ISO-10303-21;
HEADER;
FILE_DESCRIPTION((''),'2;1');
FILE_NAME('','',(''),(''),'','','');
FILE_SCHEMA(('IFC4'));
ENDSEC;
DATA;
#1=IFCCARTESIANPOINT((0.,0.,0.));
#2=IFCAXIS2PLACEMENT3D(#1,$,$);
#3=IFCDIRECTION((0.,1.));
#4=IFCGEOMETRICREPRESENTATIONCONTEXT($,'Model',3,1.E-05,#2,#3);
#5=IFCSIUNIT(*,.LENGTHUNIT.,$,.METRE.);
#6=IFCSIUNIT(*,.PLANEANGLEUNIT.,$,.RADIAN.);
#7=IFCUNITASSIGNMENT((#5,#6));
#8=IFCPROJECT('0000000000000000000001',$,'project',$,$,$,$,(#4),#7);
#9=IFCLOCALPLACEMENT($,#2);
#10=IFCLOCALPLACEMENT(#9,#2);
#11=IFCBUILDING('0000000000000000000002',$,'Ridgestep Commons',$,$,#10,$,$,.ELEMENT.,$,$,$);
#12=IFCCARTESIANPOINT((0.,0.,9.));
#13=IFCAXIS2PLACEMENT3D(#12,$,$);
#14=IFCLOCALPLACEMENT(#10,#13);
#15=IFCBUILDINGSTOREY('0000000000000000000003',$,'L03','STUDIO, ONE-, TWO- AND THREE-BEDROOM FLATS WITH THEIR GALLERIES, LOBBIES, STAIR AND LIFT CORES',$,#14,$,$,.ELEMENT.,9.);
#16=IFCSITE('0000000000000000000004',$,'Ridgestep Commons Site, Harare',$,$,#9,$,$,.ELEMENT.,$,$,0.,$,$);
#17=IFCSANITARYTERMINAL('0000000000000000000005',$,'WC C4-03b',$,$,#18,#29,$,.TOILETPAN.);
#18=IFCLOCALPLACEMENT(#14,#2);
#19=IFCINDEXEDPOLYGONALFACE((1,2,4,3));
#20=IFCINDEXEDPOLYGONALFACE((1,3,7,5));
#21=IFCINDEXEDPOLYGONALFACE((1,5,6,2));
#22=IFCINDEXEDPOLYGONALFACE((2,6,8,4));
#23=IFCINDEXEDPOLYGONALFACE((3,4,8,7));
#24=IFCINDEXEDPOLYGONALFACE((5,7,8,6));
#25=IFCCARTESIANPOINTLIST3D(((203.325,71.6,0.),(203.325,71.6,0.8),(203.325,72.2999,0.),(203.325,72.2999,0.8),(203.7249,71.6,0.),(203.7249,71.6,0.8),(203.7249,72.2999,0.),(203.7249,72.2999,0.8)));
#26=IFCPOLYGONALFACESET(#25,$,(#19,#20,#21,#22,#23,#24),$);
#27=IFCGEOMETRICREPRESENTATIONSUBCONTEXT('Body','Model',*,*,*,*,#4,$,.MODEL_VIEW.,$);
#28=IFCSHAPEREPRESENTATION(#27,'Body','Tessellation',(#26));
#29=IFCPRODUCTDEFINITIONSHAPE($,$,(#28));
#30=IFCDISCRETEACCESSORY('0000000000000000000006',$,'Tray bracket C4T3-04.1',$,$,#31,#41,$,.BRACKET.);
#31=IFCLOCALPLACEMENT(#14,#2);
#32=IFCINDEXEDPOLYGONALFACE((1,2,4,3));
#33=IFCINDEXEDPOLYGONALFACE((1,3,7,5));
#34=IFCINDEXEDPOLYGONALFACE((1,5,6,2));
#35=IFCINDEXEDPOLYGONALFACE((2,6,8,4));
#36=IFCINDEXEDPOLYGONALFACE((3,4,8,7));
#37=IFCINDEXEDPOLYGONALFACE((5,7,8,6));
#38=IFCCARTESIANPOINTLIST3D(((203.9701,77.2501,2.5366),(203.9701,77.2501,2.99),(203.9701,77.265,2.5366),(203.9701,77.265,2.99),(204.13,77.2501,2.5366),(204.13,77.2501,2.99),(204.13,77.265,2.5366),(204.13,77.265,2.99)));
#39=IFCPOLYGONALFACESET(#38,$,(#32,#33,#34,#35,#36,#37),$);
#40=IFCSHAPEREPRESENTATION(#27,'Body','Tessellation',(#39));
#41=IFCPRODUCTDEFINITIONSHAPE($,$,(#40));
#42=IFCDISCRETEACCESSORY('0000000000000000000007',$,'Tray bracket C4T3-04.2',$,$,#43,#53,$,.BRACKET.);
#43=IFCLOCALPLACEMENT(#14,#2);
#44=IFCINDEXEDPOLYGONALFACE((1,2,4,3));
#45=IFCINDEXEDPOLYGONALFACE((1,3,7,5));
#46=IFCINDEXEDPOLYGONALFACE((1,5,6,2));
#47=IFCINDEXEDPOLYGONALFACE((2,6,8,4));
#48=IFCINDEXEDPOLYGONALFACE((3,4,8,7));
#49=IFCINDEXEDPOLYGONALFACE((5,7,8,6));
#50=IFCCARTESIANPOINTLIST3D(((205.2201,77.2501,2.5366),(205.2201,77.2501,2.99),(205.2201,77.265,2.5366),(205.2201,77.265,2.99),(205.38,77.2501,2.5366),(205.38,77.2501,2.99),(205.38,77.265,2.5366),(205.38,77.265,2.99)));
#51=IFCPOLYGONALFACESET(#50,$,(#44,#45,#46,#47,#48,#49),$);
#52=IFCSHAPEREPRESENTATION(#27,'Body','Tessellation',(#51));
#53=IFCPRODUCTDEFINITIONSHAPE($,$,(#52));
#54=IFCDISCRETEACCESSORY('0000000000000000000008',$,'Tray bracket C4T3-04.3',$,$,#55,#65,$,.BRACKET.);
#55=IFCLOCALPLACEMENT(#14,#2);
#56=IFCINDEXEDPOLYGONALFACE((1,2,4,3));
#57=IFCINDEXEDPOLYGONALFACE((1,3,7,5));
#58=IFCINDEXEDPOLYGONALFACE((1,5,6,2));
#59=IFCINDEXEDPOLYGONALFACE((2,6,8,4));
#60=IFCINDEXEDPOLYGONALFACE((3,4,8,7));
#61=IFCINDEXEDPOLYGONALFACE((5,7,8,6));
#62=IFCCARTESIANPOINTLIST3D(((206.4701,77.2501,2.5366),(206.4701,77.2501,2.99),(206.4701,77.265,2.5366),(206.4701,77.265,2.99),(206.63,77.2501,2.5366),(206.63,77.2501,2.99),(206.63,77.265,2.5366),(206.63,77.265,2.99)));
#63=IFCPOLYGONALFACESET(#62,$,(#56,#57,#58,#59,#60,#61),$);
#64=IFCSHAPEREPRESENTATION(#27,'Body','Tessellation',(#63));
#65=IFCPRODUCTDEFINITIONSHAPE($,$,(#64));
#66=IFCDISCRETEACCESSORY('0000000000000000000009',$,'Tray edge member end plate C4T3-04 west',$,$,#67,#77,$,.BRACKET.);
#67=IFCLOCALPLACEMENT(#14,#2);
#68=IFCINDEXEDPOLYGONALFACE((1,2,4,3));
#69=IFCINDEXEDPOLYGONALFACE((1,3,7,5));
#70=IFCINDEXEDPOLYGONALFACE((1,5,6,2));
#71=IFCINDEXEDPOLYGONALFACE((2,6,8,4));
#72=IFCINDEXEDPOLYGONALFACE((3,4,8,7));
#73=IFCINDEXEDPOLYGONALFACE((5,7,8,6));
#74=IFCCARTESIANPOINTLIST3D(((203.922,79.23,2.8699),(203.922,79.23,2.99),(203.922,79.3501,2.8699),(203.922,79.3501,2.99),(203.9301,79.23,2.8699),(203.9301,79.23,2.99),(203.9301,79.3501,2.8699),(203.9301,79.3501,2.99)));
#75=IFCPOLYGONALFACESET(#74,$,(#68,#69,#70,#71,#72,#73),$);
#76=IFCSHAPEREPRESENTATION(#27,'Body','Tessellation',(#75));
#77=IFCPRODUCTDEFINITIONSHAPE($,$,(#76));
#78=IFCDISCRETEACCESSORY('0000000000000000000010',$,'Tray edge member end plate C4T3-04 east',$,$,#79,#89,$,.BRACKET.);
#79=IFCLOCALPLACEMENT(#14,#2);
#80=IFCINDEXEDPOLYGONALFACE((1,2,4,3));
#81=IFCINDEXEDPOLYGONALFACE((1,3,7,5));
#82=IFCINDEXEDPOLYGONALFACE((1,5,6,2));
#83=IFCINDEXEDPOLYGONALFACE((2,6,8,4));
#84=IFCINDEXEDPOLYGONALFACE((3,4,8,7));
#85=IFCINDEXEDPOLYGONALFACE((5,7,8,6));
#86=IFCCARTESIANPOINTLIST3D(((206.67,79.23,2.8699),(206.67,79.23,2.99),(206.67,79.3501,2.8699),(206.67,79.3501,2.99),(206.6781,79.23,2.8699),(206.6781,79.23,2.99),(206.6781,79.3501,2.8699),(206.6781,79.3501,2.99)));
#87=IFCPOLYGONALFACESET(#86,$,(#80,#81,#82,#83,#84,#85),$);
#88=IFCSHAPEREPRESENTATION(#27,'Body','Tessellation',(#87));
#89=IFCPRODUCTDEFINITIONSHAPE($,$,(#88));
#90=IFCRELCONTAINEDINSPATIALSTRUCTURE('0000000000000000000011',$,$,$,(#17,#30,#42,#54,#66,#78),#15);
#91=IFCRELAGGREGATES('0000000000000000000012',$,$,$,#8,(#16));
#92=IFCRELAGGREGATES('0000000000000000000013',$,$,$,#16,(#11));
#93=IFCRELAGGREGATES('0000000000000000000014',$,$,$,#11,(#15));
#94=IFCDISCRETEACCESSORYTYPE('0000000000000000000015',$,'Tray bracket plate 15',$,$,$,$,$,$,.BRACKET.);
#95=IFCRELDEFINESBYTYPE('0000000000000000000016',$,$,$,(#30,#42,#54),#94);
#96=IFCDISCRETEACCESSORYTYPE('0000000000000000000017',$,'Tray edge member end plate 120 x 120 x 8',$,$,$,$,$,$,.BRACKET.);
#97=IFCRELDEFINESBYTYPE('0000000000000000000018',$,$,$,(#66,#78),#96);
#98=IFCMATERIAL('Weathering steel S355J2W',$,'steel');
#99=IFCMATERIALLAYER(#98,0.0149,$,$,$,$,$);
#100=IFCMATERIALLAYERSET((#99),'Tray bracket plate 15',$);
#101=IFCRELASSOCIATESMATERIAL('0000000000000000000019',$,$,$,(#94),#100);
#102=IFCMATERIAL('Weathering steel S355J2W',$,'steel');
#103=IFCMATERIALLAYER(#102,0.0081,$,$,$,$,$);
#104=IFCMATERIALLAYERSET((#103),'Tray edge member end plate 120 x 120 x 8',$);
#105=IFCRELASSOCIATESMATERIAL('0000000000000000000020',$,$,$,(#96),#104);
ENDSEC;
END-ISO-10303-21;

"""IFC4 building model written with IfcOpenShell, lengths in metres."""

from ifc_helpers import new_model, si_unit, direction, frame, origin, origin_2d, place, context, subcontext, project, spatial, rectangle, extrude, material, layer, layer_set, type_object, element, save


model = new_model("IFC4")

# Units and contexts
model_context = context("Model", 3, precision=1e-05, world=origin(), true_north=direction((0.0, 1.0)))
body_context = subcontext(model_context, "Body", "Model", "MODEL_VIEW")
ifc_project = project(units=[si_unit("LENGTHUNIT", "METRE"), si_unit("PLANEANGLEUNIT", "RADIAN")], contexts=[model_context])

# Site, building, storey
site_placement = place(None, origin())
site = spatial("IfcSite", under=ifc_project, at=site_placement, Name="Ridgestep Commons Site, Harare", CompositionType="ELEMENT", RefElevation=0.0)
building_placement = place(site_placement, origin())
building = spatial("IfcBuilding", under=site, at=building_placement, Name="Ridgestep Commons", CompositionType="ELEMENT")
storey_placement = place(building_placement, frame((0.0, 0.0, 9.0)))
storey = spatial("IfcBuildingStorey", under=building, at=storey_placement, Name="L03", Description="STUDIO, ONE-, TWO- AND THREE-BEDROOM FLATS WITH THEIR GALLERIES, LOBBIES, STAIR AND LIFT CORES", CompositionType="ELEMENT", Elevation=9.0)

# Sanitary terminal
sanitary_terminal_1_placement = place(storey_placement, frame((203.5249, 71.95, 0.0), z_axis=(0.0, 0.0, 1.0), x_axis=(1.0, 0.0, 0.0)))
element("IfcSanitaryTerminal", 1, at=sanitary_terminal_1_placement, inside=storey, Name="WC C4-03b", PredefinedType="TOILETPAN", context=body_context, shape_type="SweptSolid", body=[
    extrude(rectangle(XDim=0.3999, YDim=0.7, at=origin_2d()), origin(), (0.0, 0.0, 1.0), 0.8),
])

# Discrete accessories
ifc_material_1 = material(Name="Weathering steel S355J2W", Category="steel")
ifc_layer_1 = layer(ifc_material_1, 0.0149)
ifc_layer_set_1 = layer_set([ifc_layer_1], Name="Tray bracket plate 15")
discrete_accessory_type_1 = type_object("IfcDiscreteAccessoryType", Name="Tray bracket plate 15", PredefinedType="BRACKET", material=ifc_layer_set_1)
for number, where, z_axis, x_axis, name in (
    (2, (204.05, 77.2576, 2.5366), (0.0, 0.0, 1.0), (1.0, 0.0, 0.0), "Tray bracket C4T3-04.1"),
    (3, (205.3, 77.2576, 2.5366), (0.0, 0.0, 1.0), (1.0, 0.0, 0.0), "Tray bracket C4T3-04.2"),
    (4, (206.55, 77.2576, 2.5366), (0.0, 0.0, 1.0), (1.0, 0.0, 0.0), "Tray bracket C4T3-04.3"),
):
    element("IfcDiscreteAccessory", number, at=place(storey_placement, frame(where, z_axis=z_axis, x_axis=x_axis)), inside=storey, type_object=discrete_accessory_type_1, Name=name, PredefinedType="BRACKET", context=body_context, shape_type="SweptSolid", body=[
        extrude(rectangle(XDim=0.1599, YDim=0.0149, at=origin_2d()), origin(), (0.0, 0.0, 1.0), 0.4534),
    ])
ifc_material_2 = material(Name="Weathering steel S355J2W", Category="steel")
ifc_layer_2 = layer(ifc_material_2, 0.0081)
ifc_layer_set_2 = layer_set([ifc_layer_2], Name="Tray edge member end plate 120 x 120 x 8")
discrete_accessory_type_2 = type_object("IfcDiscreteAccessoryType", Name="Tray edge member end plate 120 x 120 x 8", PredefinedType="BRACKET", material=ifc_layer_set_2)
for number, where, z_axis, x_axis, name in (
    (5, (203.926, 79.29, 2.8699), (0.0, 0.0, 1.0), (1.0, 0.0, 0.0), "Tray edge member end plate C4T3-04 west"),
    (6, (206.6741, 79.29, 2.8699), (0.0, 0.0, 1.0), (1.0, 0.0, 0.0), "Tray edge member end plate C4T3-04 east"),
):
    element("IfcDiscreteAccessory", number, at=place(storey_placement, frame(where, z_axis=z_axis, x_axis=x_axis)), inside=storey, type_object=discrete_accessory_type_2, Name=name, PredefinedType="BRACKET", context=body_context, shape_type="SweptSolid", body=[
        extrude(rectangle(XDim=0.0081, YDim=0.1201, at=origin_2d()), origin(), (0.0, 0.0, 1.0), 0.1201),
    ])

save(model, "model.ifc")
